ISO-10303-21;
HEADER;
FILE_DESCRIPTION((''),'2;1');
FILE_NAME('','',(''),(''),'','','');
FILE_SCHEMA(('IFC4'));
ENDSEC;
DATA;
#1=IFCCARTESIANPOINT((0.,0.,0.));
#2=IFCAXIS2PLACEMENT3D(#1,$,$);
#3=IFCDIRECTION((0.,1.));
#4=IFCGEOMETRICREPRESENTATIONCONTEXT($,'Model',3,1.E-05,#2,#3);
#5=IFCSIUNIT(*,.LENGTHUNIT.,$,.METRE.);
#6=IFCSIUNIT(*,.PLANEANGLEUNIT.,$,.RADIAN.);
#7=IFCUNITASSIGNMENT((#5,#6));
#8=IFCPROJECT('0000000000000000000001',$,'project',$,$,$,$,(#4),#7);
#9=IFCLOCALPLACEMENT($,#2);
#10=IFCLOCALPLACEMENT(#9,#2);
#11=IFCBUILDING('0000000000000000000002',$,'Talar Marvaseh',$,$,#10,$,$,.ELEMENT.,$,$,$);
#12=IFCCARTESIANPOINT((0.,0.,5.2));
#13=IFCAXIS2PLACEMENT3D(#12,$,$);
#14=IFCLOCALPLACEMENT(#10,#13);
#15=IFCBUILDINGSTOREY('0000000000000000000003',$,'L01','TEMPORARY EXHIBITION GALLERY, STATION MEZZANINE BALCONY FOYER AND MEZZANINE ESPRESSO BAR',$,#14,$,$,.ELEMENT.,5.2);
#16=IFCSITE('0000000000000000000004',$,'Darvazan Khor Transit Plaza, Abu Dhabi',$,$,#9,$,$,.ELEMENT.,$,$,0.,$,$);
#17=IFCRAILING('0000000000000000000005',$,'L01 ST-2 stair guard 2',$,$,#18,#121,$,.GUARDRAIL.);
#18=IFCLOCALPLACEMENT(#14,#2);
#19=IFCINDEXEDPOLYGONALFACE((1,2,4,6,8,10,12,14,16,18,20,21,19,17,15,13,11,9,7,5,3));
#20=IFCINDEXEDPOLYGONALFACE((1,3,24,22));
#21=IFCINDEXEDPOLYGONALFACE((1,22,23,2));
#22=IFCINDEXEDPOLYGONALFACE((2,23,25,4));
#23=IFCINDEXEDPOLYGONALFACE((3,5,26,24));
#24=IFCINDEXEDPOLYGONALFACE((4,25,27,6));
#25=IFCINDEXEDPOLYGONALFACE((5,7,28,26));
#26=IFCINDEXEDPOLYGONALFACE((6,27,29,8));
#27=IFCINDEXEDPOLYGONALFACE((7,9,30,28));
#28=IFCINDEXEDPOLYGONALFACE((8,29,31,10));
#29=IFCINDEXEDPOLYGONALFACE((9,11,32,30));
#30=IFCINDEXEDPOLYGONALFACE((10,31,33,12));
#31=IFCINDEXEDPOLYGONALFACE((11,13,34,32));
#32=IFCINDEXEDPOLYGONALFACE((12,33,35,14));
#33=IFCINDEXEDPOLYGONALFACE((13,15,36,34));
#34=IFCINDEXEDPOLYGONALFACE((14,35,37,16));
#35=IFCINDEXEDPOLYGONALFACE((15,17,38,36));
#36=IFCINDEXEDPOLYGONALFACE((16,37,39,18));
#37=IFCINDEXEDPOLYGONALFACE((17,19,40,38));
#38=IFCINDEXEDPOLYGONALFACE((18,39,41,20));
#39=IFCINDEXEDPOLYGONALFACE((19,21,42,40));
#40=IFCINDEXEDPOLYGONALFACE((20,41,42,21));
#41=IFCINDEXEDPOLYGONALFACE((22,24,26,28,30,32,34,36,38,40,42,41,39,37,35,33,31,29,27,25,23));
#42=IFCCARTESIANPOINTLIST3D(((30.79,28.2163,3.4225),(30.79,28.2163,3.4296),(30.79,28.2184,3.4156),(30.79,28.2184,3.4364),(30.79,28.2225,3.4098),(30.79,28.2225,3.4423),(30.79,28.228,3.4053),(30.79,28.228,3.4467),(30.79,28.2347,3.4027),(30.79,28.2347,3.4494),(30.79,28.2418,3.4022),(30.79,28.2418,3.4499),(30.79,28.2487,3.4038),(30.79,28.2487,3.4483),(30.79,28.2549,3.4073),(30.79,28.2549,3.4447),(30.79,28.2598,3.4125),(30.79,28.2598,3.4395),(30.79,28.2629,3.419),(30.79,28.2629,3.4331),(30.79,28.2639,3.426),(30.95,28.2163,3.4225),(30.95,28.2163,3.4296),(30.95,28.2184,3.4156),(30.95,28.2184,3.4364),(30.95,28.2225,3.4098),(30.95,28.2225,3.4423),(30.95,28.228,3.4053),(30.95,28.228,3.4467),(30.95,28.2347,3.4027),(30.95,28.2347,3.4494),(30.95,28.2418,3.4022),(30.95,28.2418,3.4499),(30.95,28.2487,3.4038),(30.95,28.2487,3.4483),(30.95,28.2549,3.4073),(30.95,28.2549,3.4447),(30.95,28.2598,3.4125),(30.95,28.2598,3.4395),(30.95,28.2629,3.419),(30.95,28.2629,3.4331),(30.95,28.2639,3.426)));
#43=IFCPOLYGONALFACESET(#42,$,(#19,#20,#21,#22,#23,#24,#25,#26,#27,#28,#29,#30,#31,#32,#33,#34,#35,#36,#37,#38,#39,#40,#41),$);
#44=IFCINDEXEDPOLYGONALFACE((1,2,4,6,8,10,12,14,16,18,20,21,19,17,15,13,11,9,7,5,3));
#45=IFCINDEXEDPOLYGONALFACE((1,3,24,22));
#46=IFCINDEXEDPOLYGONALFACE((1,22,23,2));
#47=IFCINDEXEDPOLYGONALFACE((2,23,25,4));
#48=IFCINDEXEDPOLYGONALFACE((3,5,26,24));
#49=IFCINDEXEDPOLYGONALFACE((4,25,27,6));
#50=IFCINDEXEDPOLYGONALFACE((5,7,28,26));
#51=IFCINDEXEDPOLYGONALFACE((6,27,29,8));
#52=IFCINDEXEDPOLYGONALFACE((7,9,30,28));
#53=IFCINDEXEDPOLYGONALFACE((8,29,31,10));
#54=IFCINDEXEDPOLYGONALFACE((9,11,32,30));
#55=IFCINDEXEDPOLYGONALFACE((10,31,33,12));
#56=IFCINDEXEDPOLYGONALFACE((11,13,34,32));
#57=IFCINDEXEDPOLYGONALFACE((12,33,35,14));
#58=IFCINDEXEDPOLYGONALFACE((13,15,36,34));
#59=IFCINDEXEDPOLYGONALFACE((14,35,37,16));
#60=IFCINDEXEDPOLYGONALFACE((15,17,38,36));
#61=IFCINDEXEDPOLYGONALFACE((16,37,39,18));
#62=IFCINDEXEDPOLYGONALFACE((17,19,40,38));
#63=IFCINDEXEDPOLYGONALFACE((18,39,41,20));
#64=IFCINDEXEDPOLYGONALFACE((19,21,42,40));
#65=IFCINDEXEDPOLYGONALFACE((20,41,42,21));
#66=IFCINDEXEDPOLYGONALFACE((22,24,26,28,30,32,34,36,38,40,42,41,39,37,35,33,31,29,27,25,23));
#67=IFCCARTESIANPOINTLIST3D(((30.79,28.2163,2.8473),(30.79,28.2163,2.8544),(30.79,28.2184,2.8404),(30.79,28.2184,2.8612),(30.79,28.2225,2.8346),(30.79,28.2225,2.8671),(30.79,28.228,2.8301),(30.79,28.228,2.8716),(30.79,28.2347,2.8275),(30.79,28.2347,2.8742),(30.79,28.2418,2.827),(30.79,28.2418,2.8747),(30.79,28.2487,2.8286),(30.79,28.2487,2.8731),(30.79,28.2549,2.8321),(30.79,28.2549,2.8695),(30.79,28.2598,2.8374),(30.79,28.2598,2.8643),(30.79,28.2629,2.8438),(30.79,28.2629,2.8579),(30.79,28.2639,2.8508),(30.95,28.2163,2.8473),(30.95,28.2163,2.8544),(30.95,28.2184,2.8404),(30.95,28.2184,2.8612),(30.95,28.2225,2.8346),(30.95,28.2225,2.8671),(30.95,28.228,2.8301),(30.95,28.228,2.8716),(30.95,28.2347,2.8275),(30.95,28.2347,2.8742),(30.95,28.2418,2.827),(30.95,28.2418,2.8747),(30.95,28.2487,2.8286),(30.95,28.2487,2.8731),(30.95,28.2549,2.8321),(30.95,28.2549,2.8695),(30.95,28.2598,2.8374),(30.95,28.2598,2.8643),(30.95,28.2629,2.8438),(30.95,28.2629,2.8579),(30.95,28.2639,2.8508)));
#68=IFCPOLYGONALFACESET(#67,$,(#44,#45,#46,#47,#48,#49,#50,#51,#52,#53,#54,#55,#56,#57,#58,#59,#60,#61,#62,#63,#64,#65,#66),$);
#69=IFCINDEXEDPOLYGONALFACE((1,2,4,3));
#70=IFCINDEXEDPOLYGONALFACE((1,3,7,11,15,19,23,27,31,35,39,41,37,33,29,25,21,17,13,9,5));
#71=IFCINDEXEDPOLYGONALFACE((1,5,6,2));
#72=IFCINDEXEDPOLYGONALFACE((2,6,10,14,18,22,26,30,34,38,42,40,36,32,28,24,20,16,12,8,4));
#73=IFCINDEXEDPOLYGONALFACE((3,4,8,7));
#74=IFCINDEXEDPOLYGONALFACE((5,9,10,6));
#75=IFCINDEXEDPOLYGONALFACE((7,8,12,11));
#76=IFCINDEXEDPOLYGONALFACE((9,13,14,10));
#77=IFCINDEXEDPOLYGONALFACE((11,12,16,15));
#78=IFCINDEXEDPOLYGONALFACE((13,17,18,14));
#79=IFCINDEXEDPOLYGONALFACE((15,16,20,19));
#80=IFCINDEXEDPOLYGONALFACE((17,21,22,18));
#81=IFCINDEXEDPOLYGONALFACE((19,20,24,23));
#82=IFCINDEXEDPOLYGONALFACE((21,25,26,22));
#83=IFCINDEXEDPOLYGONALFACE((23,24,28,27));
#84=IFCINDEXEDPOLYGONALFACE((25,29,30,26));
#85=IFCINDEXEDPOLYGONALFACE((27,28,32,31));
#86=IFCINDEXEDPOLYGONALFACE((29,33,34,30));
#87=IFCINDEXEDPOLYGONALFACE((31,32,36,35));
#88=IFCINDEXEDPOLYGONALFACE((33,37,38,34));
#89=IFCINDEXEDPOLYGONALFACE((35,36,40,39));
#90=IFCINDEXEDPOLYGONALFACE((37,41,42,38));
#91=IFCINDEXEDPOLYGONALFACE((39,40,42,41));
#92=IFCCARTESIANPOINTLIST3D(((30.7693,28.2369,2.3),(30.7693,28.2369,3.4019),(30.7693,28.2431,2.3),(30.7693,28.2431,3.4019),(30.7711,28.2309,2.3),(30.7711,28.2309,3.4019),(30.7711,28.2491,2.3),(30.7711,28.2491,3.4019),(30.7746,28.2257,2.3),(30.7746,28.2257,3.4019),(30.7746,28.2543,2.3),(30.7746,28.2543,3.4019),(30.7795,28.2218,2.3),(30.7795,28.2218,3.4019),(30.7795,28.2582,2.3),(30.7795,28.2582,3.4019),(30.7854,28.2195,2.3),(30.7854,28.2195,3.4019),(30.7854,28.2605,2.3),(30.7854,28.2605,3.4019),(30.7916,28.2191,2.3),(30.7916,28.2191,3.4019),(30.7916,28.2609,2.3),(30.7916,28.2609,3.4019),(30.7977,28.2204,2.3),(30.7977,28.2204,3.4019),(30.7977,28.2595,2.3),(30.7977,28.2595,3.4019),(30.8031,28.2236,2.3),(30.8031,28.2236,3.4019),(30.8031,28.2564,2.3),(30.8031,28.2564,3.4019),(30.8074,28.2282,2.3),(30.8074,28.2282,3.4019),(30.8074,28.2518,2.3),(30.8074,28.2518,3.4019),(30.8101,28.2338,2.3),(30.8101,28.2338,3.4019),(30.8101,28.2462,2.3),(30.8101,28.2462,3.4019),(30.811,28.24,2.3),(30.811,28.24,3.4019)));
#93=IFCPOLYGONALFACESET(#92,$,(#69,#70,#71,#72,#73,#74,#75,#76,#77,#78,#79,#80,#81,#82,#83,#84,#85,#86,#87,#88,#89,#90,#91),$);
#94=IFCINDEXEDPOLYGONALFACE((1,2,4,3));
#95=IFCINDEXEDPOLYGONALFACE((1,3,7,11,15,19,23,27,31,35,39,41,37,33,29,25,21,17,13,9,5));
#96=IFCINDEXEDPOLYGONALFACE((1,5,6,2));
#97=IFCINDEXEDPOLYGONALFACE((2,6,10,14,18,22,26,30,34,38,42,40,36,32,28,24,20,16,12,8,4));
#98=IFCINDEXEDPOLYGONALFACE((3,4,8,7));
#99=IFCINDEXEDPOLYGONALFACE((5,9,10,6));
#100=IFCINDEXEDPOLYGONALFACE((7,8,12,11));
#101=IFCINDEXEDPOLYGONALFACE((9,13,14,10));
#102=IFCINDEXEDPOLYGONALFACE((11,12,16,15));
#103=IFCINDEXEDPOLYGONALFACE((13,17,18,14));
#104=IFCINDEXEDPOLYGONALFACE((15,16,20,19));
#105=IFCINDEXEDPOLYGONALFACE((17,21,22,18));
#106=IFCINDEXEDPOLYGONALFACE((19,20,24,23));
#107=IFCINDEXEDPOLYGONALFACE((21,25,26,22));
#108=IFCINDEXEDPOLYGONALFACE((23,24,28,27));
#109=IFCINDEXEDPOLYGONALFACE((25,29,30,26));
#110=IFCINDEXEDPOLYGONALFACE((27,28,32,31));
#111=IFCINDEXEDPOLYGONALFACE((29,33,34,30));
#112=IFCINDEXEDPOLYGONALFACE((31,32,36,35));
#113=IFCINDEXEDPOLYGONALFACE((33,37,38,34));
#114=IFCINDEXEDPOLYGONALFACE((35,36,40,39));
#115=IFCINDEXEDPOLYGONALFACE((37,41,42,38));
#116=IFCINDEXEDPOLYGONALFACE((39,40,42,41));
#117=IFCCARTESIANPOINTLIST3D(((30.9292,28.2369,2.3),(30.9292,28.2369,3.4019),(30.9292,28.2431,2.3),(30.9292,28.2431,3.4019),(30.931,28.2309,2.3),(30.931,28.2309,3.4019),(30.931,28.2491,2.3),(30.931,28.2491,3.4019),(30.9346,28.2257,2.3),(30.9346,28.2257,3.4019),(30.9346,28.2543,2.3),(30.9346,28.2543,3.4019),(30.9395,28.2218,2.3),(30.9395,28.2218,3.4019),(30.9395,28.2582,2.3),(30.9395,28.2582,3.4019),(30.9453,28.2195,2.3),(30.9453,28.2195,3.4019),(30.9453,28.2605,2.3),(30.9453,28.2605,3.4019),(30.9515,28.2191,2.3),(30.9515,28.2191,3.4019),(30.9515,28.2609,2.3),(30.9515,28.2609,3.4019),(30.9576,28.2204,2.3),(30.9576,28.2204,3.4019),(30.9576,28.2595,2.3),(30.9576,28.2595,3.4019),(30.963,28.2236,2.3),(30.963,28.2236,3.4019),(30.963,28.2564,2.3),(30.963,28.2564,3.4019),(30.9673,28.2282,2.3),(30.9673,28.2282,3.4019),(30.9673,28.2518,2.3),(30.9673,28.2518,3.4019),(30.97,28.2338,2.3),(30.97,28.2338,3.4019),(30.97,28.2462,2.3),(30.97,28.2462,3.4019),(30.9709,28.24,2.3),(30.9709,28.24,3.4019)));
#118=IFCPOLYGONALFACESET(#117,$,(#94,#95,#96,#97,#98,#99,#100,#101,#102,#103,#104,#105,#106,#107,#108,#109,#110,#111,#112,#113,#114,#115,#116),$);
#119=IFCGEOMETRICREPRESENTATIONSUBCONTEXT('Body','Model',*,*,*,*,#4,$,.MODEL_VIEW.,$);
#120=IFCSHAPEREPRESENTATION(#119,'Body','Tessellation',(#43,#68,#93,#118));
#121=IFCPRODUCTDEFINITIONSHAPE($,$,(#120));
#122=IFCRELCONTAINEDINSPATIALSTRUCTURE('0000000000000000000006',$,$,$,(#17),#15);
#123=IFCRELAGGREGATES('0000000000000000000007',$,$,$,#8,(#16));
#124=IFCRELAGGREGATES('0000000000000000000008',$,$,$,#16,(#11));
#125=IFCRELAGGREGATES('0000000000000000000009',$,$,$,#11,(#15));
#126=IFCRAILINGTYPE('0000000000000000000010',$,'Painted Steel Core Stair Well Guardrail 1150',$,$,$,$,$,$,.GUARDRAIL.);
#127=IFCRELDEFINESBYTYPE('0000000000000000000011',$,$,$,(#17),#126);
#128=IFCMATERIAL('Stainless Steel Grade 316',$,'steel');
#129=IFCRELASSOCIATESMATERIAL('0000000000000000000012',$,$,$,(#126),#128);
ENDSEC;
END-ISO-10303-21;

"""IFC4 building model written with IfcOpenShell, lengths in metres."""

from ifc_helpers import new_model, si_unit, direction, frame, origin, origin_2d, place, context, subcontext, project, spatial, circle, extrude, material, type_object, element, save


model = new_model("IFC4")

# Units and contexts
model_context = context("Model", 3, precision=1e-05, world=origin(), true_north=direction((0.0, 1.0)))
body_context = subcontext(model_context, "Body", "Model", "MODEL_VIEW")
ifc_project = project(units=[si_unit("LENGTHUNIT", "METRE"), si_unit("PLANEANGLEUNIT", "RADIAN")], contexts=[model_context])

# Site, building, storey
site_placement = place(None, origin())
site = spatial("IfcSite", under=ifc_project, at=site_placement, Name="Darvazan Khor Transit Plaza, Abu Dhabi", CompositionType="ELEMENT", RefElevation=0.0)
building_placement = place(site_placement, origin())
building = spatial("IfcBuilding", under=site, at=building_placement, Name="Talar Marvaseh", CompositionType="ELEMENT")
storey_placement = place(building_placement, frame((0.0, 0.0, 5.2)))
storey = spatial("IfcBuildingStorey", under=building, at=storey_placement, Name="L01", Description="TEMPORARY EXHIBITION GALLERY, STATION MEZZANINE BALCONY FOYER AND MEZZANINE ESPRESSO BAR", CompositionType="ELEMENT", Elevation=5.2)

# Shared definitions
ifc_material_1 = material(Name="Stainless Steel Grade 316", Category="steel")

# Railing
railing_type_1 = type_object("IfcRailingType", Name="Painted Steel Core Stair Well Guardrail 1150", PredefinedType="GUARDRAIL", material=ifc_material_1)
railing_1_placement = place(storey_placement, frame((30.79, 28.24, 2.3)))
element("IfcRailing", 1, at=railing_1_placement, inside=storey, type_object=railing_type_1, Name="L01 ST-2 stair guard 2", PredefinedType="GUARDRAIL", context=body_context, shape_type="SweptSolid", body=[
    extrude(circle(Radius=0.0239, at=origin_2d()), frame((0.0, 0.0, 1.126), z_axis=(1.0, 0.0, 0.0), x_axis=(0.0, 1.0, 0.0)), (0.0, 0.0, 1.0), 0.1599),
    extrude(circle(Radius=0.0239, at=origin_2d()), frame((0.0, 0.0, 0.5508), z_axis=(1.0, 0.0, 0.0), x_axis=(0.0, 1.0, 0.0)), (0.0, 0.0, 1.0), 0.1599),
    extrude(circle(Radius=0.021, at=origin_2d()), origin(), (0.0, 0.0, 1.0), 1.1018),
    extrude(circle(Radius=0.021, at=origin_2d()), frame((0.1599, 0.0, 0.0)), (0.0, 0.0, 1.0), 1.1018),
])

save(model, "model.ifc")
